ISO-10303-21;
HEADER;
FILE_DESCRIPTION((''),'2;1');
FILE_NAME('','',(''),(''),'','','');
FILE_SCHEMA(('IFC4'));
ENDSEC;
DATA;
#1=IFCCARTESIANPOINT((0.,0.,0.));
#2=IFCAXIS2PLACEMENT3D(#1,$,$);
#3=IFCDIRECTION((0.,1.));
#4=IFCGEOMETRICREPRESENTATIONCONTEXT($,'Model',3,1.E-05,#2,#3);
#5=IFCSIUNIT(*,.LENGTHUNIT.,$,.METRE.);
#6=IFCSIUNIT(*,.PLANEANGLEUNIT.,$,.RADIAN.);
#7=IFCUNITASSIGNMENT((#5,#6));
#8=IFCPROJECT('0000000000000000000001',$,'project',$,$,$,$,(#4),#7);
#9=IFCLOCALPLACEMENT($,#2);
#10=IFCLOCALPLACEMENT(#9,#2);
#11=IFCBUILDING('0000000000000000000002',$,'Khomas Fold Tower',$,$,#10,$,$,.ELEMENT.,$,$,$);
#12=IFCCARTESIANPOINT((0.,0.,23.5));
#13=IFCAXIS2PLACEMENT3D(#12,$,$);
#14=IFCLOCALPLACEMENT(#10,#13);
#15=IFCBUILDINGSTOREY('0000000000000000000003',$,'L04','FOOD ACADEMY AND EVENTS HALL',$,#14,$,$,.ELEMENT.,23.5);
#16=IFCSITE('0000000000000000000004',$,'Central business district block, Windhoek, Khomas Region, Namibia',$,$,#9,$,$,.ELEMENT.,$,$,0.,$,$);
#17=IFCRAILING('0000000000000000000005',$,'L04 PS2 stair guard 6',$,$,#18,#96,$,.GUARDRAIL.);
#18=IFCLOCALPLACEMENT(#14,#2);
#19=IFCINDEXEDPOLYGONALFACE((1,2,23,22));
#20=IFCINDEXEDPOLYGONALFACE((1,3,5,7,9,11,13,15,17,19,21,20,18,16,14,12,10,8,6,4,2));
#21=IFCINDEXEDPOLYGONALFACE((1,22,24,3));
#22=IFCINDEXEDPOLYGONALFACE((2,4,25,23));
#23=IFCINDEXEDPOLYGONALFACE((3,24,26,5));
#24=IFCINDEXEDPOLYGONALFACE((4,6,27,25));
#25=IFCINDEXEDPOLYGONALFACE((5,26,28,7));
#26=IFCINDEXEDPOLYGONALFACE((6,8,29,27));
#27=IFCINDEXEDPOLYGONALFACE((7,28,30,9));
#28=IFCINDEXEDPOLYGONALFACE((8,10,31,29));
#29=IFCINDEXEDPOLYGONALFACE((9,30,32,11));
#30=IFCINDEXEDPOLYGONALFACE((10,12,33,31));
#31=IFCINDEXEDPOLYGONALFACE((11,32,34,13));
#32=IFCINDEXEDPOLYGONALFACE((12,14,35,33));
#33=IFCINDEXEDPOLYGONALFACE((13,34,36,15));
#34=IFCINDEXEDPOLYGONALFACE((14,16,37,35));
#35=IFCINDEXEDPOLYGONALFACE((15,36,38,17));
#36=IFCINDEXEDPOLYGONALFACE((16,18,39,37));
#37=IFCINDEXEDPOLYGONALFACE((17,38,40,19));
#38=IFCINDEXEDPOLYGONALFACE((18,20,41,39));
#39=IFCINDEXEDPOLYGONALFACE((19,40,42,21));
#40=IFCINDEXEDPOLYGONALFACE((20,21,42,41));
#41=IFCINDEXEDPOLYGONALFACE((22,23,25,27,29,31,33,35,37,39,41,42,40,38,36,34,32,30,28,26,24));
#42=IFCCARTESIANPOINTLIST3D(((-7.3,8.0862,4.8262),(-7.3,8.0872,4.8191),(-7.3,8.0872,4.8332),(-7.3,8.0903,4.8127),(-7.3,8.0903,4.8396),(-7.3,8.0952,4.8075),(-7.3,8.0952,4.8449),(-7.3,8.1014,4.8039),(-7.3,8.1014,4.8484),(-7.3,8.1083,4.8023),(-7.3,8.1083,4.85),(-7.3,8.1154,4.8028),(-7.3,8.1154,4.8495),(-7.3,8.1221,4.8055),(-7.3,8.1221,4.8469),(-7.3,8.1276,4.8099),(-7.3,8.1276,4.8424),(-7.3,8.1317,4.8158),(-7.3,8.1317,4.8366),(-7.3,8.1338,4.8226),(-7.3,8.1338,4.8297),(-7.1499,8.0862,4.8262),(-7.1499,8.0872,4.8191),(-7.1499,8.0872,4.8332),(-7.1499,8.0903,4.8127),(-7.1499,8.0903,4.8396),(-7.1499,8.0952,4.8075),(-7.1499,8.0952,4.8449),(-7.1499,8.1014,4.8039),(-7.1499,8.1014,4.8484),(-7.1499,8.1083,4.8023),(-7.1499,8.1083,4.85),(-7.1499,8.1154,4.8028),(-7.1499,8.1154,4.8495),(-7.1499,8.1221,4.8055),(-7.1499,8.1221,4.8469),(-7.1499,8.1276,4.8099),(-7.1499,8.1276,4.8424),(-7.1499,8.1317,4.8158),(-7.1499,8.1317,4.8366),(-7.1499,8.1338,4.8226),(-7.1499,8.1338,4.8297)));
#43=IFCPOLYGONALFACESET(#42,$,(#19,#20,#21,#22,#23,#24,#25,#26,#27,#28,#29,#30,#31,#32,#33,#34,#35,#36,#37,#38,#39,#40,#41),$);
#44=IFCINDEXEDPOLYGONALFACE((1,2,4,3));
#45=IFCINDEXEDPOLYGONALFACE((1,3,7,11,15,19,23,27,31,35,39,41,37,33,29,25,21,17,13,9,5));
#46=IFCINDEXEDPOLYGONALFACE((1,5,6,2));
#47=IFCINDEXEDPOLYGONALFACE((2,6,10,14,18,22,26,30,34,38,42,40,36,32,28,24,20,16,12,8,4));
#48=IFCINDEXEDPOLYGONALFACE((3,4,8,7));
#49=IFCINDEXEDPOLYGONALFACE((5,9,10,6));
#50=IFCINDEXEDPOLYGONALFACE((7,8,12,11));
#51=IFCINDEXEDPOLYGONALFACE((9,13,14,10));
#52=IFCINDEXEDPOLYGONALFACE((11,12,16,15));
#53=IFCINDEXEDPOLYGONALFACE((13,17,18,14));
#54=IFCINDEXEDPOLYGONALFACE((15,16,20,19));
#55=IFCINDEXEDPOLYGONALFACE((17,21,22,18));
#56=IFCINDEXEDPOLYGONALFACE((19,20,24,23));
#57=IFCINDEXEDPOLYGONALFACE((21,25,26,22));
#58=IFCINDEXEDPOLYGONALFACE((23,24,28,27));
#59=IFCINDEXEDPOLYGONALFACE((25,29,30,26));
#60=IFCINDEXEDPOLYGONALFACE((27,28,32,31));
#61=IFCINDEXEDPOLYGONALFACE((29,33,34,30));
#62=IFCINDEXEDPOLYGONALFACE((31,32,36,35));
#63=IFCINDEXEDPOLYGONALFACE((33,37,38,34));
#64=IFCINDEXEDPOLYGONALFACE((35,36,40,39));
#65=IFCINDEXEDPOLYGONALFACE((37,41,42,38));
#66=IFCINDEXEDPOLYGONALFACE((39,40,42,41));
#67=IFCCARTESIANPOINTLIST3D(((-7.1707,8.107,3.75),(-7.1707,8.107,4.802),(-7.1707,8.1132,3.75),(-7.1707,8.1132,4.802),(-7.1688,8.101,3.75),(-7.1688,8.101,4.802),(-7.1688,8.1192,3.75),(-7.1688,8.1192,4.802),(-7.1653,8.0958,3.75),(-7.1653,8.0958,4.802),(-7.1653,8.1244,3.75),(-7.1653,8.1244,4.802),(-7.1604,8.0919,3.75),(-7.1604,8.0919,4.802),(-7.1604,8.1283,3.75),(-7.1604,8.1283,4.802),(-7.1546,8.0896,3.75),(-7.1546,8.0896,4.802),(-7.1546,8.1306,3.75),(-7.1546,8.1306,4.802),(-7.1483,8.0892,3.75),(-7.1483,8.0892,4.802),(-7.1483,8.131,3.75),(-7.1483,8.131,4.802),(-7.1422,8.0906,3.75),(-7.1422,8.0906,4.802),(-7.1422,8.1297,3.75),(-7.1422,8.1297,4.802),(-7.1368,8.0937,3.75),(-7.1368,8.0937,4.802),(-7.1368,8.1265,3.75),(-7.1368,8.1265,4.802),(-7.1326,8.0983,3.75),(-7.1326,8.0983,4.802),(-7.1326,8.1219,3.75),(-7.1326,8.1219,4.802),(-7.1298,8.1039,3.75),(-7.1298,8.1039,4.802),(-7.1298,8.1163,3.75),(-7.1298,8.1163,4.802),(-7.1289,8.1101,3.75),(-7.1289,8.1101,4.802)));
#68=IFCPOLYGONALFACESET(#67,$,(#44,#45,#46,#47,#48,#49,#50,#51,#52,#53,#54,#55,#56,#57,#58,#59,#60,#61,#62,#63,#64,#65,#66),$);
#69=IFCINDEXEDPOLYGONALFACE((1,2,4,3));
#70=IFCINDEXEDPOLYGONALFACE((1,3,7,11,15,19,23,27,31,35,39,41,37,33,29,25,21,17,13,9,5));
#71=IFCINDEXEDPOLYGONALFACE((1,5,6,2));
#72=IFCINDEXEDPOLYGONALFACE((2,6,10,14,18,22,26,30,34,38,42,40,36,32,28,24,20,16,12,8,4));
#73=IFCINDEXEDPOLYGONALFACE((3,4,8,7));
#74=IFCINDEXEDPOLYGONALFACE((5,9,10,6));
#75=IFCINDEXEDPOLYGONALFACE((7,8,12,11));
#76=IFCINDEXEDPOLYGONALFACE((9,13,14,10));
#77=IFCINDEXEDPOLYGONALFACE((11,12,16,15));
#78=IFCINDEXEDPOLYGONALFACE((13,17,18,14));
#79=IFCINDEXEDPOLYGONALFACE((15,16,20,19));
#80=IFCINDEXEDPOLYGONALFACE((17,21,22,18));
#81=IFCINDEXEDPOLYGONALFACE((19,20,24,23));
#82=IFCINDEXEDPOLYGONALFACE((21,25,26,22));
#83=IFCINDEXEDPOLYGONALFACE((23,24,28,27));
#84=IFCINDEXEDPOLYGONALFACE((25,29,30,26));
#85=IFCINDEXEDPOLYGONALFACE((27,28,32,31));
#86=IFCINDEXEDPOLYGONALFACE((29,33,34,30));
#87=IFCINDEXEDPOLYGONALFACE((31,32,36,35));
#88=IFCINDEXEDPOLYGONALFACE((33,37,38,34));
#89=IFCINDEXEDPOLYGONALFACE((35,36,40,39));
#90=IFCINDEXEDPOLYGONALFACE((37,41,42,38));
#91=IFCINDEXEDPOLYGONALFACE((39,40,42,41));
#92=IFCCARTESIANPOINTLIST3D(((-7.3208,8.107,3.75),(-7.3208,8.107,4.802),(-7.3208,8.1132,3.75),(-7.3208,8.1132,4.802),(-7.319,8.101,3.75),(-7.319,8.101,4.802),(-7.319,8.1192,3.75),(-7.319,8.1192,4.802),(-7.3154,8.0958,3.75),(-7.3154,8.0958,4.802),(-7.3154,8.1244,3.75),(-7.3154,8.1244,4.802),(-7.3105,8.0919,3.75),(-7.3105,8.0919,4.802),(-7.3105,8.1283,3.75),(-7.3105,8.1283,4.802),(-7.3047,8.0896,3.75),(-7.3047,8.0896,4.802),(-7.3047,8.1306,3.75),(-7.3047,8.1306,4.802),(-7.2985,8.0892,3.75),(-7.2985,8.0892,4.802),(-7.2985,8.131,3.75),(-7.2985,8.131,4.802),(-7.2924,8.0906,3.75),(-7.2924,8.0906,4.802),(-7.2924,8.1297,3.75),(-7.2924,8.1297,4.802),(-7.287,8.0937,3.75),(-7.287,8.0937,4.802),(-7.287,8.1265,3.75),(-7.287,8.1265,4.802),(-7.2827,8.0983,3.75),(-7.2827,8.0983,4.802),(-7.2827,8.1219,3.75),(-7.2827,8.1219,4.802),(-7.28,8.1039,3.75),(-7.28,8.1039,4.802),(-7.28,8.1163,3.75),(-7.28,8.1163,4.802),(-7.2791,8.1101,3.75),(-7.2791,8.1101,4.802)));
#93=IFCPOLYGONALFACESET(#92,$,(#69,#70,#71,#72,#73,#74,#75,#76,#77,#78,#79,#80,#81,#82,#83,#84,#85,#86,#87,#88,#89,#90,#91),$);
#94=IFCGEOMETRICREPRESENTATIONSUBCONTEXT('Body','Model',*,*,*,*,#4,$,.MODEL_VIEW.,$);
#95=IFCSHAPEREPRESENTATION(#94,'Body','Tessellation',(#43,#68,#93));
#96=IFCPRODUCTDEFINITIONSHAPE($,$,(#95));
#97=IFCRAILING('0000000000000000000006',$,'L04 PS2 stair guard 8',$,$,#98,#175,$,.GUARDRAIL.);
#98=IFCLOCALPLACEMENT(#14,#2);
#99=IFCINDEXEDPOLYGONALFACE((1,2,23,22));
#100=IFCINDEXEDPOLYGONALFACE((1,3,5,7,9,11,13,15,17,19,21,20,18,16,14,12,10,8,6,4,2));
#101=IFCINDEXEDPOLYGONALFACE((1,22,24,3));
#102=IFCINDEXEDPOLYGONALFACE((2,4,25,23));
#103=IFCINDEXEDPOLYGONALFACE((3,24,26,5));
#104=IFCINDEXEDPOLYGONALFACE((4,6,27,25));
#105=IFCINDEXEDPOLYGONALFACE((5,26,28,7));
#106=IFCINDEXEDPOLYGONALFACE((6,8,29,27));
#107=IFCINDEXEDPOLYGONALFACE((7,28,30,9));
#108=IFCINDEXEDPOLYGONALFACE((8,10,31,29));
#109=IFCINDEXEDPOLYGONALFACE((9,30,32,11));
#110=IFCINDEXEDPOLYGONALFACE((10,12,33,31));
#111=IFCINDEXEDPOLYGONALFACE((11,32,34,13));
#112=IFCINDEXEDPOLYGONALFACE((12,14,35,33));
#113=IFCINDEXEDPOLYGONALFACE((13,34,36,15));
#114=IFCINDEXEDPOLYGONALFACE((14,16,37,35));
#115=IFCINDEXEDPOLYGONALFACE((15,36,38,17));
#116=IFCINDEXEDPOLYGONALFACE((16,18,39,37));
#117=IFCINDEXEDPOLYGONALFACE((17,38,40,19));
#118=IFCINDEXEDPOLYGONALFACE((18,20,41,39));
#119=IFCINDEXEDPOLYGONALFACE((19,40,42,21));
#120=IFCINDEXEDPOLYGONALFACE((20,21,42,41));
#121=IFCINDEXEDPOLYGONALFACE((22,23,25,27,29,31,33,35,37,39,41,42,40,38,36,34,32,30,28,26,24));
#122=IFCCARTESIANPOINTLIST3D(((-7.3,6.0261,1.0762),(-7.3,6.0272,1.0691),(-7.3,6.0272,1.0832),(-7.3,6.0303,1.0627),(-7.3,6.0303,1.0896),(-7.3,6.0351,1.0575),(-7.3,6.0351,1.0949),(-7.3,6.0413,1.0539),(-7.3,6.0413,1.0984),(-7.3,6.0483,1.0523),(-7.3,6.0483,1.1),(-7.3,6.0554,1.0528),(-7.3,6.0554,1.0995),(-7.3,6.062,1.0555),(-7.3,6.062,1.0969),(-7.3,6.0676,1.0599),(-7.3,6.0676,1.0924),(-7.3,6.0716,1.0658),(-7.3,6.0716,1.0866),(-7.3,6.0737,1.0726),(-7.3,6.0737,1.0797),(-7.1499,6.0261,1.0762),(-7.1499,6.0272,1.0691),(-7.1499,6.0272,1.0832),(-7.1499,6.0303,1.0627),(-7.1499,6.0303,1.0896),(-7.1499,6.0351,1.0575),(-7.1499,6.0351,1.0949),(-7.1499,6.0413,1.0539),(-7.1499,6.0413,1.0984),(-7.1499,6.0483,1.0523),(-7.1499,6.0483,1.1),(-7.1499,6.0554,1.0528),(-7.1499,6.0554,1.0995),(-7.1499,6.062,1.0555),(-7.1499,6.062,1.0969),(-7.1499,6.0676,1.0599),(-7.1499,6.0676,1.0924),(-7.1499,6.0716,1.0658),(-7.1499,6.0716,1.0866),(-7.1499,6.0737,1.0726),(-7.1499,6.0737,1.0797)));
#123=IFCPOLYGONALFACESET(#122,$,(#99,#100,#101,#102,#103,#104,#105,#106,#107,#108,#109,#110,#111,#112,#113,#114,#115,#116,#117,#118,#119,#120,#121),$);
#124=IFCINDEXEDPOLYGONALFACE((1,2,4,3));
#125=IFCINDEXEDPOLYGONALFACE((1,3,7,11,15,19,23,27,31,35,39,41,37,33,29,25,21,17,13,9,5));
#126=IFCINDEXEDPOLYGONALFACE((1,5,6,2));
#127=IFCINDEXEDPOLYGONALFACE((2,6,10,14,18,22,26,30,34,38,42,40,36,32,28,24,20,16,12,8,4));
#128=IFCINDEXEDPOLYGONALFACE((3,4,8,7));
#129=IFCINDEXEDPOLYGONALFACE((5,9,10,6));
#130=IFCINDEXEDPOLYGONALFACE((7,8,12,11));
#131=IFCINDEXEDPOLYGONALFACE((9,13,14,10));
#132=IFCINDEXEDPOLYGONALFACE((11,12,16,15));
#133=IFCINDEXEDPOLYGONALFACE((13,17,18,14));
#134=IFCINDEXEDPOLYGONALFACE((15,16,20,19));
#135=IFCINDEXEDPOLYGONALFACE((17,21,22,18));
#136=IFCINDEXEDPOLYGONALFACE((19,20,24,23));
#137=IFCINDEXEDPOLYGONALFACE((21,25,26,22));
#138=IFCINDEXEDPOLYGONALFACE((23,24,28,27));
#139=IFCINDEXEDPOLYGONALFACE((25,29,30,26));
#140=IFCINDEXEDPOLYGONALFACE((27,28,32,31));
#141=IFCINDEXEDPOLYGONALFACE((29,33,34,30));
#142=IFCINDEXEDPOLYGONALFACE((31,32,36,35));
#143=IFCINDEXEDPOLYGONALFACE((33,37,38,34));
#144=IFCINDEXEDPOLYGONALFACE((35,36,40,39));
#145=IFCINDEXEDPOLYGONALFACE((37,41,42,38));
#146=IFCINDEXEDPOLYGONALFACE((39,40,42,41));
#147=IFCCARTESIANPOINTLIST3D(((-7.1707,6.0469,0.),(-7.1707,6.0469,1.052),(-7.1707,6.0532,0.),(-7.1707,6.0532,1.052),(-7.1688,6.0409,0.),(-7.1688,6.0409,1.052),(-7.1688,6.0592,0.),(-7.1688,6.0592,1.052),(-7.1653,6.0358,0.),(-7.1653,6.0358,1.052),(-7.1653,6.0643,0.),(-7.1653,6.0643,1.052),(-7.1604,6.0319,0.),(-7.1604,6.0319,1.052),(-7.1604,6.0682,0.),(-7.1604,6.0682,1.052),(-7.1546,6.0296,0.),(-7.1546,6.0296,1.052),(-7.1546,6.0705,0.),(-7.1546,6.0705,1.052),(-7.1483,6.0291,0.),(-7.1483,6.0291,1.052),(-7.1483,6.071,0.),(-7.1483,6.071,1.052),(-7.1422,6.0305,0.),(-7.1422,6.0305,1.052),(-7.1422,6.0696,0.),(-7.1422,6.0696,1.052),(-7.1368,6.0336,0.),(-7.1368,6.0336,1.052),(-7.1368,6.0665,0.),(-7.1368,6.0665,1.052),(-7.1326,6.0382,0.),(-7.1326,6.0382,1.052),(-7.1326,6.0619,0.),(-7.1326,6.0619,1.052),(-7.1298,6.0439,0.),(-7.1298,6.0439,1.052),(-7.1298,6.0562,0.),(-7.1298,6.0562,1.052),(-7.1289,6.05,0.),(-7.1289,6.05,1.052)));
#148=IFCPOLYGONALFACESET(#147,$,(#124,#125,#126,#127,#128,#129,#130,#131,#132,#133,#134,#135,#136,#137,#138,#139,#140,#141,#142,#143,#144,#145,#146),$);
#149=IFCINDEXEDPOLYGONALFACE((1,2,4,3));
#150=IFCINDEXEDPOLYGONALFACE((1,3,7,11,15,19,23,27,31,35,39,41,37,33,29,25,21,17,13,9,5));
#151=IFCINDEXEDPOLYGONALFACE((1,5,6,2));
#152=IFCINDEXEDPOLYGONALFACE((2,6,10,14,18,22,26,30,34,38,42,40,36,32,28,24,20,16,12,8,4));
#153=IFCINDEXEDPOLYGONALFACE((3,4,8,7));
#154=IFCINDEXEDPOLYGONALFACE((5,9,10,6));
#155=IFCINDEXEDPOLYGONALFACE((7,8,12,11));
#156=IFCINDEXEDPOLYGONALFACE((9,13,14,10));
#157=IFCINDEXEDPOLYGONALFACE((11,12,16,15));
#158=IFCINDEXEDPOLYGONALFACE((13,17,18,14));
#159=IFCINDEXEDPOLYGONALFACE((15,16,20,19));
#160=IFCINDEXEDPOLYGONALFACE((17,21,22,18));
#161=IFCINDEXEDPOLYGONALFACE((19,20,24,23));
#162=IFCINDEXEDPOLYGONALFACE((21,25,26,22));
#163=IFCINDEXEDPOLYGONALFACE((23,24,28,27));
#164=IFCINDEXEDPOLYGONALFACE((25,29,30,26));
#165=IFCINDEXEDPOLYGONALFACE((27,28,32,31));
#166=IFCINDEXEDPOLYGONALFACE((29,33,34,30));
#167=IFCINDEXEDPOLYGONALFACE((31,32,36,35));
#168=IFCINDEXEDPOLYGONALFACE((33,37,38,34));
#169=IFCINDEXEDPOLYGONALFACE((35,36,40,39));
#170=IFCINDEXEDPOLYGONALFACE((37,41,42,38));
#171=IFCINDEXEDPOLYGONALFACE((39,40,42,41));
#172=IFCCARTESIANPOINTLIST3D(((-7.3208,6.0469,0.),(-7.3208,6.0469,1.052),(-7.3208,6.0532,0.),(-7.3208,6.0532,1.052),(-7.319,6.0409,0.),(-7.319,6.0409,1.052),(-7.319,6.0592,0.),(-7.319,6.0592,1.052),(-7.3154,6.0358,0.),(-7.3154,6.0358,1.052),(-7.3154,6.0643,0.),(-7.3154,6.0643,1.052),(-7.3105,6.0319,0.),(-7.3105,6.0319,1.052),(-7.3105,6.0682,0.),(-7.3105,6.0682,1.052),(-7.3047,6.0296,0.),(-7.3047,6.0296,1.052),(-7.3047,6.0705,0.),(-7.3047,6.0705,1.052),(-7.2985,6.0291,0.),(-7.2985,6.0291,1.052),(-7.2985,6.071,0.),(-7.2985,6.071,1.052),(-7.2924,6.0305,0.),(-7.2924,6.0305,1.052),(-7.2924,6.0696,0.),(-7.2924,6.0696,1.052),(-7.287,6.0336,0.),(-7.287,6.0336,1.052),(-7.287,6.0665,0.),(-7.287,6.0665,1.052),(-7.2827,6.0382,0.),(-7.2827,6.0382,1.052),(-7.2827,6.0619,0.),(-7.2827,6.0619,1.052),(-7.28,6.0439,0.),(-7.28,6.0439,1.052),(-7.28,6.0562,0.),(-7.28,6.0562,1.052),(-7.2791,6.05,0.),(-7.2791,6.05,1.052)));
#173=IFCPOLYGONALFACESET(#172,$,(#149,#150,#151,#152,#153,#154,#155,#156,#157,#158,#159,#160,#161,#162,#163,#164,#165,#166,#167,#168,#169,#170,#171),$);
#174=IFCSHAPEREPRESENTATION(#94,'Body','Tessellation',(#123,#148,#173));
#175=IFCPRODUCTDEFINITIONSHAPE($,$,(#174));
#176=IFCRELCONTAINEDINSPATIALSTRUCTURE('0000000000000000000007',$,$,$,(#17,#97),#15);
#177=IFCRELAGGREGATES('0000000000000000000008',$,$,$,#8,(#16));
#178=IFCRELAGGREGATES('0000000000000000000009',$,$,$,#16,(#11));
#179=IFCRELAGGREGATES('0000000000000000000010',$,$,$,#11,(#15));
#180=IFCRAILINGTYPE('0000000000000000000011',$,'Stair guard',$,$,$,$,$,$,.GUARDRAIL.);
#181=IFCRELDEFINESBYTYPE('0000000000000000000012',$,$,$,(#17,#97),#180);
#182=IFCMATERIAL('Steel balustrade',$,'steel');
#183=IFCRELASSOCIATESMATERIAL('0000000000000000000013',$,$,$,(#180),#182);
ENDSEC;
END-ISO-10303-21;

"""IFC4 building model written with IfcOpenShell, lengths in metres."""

from ifc_helpers import new_model, si_unit, direction, frame, origin, origin_2d, place, context, subcontext, project, spatial, circle, extrude, source, transform, mapped, material, type_object, element, save


model = new_model("IFC4")

# Units and contexts
model_context = context("Model", 3, precision=1e-05, world=origin(), true_north=direction((0.0, 1.0)))
body_context = subcontext(model_context, "Body", "Model", "MODEL_VIEW")
ifc_project = project(units=[si_unit("LENGTHUNIT", "METRE"), si_unit("PLANEANGLEUNIT", "RADIAN")], contexts=[model_context])

# Site, building, storey
site_placement = place(None, origin())
site = spatial("IfcSite", under=ifc_project, at=site_placement, Name="Central business district block, Windhoek, Khomas Region, Namibia", CompositionType="ELEMENT", RefElevation=0.0)
building_placement = place(site_placement, origin())
building = spatial("IfcBuilding", under=site, at=building_placement, Name="Khomas Fold Tower", CompositionType="ELEMENT")
storey_placement = place(building_placement, frame((0.0, 0.0, 23.5)))
storey = spatial("IfcBuildingStorey", under=building, at=storey_placement, Name="L04", Description="FOOD ACADEMY AND EVENTS HALL", CompositionType="ELEMENT", Elevation=23.5)

# Railings
ifc_material_1 = material(Name="Steel balustrade", Category="steel")
railing_type_1 = type_object("IfcRailingType", Name="Stair guard", PredefinedType="GUARDRAIL", material=ifc_material_1)
shared_shape_1 = source(origin(), body_context, "Body", "SweptSolid", [
    extrude(circle(Radius=0.0239, at=origin_2d()), frame((0.0, 0.0, 1.0762), z_axis=(-1.0, 0.0, 0.0), x_axis=(0.0, -1.0, 0.0)), (0.0, 0.0, 1.0), 0.1501),
    extrude(circle(Radius=0.021, at=origin_2d()), origin(), (0.0, 0.0, 1.0), 1.052),
    extrude(circle(Radius=0.021, at=origin_2d()), frame((-0.1501, 0.0, 0.0)), (0.0, 0.0, 1.0), 1.052),
])
for number, where, name in (
    (1, (-7.1499, 8.1101, 3.75), "L04 PS2 stair guard 6"),
    (2, (-7.1499, 6.05, 0.0), "L04 PS2 stair guard 8"),
):
    element("IfcRailing", number, at=place(storey_placement, frame(where)), inside=storey, type_object=railing_type_1, Name=name, PredefinedType="GUARDRAIL", context=body_context, shape_type="MappedRepresentation", body=[
        mapped(shared_shape_1, transform((0.0, 0.0, 0.0))),
    ])

save(model, "model.ifc")
